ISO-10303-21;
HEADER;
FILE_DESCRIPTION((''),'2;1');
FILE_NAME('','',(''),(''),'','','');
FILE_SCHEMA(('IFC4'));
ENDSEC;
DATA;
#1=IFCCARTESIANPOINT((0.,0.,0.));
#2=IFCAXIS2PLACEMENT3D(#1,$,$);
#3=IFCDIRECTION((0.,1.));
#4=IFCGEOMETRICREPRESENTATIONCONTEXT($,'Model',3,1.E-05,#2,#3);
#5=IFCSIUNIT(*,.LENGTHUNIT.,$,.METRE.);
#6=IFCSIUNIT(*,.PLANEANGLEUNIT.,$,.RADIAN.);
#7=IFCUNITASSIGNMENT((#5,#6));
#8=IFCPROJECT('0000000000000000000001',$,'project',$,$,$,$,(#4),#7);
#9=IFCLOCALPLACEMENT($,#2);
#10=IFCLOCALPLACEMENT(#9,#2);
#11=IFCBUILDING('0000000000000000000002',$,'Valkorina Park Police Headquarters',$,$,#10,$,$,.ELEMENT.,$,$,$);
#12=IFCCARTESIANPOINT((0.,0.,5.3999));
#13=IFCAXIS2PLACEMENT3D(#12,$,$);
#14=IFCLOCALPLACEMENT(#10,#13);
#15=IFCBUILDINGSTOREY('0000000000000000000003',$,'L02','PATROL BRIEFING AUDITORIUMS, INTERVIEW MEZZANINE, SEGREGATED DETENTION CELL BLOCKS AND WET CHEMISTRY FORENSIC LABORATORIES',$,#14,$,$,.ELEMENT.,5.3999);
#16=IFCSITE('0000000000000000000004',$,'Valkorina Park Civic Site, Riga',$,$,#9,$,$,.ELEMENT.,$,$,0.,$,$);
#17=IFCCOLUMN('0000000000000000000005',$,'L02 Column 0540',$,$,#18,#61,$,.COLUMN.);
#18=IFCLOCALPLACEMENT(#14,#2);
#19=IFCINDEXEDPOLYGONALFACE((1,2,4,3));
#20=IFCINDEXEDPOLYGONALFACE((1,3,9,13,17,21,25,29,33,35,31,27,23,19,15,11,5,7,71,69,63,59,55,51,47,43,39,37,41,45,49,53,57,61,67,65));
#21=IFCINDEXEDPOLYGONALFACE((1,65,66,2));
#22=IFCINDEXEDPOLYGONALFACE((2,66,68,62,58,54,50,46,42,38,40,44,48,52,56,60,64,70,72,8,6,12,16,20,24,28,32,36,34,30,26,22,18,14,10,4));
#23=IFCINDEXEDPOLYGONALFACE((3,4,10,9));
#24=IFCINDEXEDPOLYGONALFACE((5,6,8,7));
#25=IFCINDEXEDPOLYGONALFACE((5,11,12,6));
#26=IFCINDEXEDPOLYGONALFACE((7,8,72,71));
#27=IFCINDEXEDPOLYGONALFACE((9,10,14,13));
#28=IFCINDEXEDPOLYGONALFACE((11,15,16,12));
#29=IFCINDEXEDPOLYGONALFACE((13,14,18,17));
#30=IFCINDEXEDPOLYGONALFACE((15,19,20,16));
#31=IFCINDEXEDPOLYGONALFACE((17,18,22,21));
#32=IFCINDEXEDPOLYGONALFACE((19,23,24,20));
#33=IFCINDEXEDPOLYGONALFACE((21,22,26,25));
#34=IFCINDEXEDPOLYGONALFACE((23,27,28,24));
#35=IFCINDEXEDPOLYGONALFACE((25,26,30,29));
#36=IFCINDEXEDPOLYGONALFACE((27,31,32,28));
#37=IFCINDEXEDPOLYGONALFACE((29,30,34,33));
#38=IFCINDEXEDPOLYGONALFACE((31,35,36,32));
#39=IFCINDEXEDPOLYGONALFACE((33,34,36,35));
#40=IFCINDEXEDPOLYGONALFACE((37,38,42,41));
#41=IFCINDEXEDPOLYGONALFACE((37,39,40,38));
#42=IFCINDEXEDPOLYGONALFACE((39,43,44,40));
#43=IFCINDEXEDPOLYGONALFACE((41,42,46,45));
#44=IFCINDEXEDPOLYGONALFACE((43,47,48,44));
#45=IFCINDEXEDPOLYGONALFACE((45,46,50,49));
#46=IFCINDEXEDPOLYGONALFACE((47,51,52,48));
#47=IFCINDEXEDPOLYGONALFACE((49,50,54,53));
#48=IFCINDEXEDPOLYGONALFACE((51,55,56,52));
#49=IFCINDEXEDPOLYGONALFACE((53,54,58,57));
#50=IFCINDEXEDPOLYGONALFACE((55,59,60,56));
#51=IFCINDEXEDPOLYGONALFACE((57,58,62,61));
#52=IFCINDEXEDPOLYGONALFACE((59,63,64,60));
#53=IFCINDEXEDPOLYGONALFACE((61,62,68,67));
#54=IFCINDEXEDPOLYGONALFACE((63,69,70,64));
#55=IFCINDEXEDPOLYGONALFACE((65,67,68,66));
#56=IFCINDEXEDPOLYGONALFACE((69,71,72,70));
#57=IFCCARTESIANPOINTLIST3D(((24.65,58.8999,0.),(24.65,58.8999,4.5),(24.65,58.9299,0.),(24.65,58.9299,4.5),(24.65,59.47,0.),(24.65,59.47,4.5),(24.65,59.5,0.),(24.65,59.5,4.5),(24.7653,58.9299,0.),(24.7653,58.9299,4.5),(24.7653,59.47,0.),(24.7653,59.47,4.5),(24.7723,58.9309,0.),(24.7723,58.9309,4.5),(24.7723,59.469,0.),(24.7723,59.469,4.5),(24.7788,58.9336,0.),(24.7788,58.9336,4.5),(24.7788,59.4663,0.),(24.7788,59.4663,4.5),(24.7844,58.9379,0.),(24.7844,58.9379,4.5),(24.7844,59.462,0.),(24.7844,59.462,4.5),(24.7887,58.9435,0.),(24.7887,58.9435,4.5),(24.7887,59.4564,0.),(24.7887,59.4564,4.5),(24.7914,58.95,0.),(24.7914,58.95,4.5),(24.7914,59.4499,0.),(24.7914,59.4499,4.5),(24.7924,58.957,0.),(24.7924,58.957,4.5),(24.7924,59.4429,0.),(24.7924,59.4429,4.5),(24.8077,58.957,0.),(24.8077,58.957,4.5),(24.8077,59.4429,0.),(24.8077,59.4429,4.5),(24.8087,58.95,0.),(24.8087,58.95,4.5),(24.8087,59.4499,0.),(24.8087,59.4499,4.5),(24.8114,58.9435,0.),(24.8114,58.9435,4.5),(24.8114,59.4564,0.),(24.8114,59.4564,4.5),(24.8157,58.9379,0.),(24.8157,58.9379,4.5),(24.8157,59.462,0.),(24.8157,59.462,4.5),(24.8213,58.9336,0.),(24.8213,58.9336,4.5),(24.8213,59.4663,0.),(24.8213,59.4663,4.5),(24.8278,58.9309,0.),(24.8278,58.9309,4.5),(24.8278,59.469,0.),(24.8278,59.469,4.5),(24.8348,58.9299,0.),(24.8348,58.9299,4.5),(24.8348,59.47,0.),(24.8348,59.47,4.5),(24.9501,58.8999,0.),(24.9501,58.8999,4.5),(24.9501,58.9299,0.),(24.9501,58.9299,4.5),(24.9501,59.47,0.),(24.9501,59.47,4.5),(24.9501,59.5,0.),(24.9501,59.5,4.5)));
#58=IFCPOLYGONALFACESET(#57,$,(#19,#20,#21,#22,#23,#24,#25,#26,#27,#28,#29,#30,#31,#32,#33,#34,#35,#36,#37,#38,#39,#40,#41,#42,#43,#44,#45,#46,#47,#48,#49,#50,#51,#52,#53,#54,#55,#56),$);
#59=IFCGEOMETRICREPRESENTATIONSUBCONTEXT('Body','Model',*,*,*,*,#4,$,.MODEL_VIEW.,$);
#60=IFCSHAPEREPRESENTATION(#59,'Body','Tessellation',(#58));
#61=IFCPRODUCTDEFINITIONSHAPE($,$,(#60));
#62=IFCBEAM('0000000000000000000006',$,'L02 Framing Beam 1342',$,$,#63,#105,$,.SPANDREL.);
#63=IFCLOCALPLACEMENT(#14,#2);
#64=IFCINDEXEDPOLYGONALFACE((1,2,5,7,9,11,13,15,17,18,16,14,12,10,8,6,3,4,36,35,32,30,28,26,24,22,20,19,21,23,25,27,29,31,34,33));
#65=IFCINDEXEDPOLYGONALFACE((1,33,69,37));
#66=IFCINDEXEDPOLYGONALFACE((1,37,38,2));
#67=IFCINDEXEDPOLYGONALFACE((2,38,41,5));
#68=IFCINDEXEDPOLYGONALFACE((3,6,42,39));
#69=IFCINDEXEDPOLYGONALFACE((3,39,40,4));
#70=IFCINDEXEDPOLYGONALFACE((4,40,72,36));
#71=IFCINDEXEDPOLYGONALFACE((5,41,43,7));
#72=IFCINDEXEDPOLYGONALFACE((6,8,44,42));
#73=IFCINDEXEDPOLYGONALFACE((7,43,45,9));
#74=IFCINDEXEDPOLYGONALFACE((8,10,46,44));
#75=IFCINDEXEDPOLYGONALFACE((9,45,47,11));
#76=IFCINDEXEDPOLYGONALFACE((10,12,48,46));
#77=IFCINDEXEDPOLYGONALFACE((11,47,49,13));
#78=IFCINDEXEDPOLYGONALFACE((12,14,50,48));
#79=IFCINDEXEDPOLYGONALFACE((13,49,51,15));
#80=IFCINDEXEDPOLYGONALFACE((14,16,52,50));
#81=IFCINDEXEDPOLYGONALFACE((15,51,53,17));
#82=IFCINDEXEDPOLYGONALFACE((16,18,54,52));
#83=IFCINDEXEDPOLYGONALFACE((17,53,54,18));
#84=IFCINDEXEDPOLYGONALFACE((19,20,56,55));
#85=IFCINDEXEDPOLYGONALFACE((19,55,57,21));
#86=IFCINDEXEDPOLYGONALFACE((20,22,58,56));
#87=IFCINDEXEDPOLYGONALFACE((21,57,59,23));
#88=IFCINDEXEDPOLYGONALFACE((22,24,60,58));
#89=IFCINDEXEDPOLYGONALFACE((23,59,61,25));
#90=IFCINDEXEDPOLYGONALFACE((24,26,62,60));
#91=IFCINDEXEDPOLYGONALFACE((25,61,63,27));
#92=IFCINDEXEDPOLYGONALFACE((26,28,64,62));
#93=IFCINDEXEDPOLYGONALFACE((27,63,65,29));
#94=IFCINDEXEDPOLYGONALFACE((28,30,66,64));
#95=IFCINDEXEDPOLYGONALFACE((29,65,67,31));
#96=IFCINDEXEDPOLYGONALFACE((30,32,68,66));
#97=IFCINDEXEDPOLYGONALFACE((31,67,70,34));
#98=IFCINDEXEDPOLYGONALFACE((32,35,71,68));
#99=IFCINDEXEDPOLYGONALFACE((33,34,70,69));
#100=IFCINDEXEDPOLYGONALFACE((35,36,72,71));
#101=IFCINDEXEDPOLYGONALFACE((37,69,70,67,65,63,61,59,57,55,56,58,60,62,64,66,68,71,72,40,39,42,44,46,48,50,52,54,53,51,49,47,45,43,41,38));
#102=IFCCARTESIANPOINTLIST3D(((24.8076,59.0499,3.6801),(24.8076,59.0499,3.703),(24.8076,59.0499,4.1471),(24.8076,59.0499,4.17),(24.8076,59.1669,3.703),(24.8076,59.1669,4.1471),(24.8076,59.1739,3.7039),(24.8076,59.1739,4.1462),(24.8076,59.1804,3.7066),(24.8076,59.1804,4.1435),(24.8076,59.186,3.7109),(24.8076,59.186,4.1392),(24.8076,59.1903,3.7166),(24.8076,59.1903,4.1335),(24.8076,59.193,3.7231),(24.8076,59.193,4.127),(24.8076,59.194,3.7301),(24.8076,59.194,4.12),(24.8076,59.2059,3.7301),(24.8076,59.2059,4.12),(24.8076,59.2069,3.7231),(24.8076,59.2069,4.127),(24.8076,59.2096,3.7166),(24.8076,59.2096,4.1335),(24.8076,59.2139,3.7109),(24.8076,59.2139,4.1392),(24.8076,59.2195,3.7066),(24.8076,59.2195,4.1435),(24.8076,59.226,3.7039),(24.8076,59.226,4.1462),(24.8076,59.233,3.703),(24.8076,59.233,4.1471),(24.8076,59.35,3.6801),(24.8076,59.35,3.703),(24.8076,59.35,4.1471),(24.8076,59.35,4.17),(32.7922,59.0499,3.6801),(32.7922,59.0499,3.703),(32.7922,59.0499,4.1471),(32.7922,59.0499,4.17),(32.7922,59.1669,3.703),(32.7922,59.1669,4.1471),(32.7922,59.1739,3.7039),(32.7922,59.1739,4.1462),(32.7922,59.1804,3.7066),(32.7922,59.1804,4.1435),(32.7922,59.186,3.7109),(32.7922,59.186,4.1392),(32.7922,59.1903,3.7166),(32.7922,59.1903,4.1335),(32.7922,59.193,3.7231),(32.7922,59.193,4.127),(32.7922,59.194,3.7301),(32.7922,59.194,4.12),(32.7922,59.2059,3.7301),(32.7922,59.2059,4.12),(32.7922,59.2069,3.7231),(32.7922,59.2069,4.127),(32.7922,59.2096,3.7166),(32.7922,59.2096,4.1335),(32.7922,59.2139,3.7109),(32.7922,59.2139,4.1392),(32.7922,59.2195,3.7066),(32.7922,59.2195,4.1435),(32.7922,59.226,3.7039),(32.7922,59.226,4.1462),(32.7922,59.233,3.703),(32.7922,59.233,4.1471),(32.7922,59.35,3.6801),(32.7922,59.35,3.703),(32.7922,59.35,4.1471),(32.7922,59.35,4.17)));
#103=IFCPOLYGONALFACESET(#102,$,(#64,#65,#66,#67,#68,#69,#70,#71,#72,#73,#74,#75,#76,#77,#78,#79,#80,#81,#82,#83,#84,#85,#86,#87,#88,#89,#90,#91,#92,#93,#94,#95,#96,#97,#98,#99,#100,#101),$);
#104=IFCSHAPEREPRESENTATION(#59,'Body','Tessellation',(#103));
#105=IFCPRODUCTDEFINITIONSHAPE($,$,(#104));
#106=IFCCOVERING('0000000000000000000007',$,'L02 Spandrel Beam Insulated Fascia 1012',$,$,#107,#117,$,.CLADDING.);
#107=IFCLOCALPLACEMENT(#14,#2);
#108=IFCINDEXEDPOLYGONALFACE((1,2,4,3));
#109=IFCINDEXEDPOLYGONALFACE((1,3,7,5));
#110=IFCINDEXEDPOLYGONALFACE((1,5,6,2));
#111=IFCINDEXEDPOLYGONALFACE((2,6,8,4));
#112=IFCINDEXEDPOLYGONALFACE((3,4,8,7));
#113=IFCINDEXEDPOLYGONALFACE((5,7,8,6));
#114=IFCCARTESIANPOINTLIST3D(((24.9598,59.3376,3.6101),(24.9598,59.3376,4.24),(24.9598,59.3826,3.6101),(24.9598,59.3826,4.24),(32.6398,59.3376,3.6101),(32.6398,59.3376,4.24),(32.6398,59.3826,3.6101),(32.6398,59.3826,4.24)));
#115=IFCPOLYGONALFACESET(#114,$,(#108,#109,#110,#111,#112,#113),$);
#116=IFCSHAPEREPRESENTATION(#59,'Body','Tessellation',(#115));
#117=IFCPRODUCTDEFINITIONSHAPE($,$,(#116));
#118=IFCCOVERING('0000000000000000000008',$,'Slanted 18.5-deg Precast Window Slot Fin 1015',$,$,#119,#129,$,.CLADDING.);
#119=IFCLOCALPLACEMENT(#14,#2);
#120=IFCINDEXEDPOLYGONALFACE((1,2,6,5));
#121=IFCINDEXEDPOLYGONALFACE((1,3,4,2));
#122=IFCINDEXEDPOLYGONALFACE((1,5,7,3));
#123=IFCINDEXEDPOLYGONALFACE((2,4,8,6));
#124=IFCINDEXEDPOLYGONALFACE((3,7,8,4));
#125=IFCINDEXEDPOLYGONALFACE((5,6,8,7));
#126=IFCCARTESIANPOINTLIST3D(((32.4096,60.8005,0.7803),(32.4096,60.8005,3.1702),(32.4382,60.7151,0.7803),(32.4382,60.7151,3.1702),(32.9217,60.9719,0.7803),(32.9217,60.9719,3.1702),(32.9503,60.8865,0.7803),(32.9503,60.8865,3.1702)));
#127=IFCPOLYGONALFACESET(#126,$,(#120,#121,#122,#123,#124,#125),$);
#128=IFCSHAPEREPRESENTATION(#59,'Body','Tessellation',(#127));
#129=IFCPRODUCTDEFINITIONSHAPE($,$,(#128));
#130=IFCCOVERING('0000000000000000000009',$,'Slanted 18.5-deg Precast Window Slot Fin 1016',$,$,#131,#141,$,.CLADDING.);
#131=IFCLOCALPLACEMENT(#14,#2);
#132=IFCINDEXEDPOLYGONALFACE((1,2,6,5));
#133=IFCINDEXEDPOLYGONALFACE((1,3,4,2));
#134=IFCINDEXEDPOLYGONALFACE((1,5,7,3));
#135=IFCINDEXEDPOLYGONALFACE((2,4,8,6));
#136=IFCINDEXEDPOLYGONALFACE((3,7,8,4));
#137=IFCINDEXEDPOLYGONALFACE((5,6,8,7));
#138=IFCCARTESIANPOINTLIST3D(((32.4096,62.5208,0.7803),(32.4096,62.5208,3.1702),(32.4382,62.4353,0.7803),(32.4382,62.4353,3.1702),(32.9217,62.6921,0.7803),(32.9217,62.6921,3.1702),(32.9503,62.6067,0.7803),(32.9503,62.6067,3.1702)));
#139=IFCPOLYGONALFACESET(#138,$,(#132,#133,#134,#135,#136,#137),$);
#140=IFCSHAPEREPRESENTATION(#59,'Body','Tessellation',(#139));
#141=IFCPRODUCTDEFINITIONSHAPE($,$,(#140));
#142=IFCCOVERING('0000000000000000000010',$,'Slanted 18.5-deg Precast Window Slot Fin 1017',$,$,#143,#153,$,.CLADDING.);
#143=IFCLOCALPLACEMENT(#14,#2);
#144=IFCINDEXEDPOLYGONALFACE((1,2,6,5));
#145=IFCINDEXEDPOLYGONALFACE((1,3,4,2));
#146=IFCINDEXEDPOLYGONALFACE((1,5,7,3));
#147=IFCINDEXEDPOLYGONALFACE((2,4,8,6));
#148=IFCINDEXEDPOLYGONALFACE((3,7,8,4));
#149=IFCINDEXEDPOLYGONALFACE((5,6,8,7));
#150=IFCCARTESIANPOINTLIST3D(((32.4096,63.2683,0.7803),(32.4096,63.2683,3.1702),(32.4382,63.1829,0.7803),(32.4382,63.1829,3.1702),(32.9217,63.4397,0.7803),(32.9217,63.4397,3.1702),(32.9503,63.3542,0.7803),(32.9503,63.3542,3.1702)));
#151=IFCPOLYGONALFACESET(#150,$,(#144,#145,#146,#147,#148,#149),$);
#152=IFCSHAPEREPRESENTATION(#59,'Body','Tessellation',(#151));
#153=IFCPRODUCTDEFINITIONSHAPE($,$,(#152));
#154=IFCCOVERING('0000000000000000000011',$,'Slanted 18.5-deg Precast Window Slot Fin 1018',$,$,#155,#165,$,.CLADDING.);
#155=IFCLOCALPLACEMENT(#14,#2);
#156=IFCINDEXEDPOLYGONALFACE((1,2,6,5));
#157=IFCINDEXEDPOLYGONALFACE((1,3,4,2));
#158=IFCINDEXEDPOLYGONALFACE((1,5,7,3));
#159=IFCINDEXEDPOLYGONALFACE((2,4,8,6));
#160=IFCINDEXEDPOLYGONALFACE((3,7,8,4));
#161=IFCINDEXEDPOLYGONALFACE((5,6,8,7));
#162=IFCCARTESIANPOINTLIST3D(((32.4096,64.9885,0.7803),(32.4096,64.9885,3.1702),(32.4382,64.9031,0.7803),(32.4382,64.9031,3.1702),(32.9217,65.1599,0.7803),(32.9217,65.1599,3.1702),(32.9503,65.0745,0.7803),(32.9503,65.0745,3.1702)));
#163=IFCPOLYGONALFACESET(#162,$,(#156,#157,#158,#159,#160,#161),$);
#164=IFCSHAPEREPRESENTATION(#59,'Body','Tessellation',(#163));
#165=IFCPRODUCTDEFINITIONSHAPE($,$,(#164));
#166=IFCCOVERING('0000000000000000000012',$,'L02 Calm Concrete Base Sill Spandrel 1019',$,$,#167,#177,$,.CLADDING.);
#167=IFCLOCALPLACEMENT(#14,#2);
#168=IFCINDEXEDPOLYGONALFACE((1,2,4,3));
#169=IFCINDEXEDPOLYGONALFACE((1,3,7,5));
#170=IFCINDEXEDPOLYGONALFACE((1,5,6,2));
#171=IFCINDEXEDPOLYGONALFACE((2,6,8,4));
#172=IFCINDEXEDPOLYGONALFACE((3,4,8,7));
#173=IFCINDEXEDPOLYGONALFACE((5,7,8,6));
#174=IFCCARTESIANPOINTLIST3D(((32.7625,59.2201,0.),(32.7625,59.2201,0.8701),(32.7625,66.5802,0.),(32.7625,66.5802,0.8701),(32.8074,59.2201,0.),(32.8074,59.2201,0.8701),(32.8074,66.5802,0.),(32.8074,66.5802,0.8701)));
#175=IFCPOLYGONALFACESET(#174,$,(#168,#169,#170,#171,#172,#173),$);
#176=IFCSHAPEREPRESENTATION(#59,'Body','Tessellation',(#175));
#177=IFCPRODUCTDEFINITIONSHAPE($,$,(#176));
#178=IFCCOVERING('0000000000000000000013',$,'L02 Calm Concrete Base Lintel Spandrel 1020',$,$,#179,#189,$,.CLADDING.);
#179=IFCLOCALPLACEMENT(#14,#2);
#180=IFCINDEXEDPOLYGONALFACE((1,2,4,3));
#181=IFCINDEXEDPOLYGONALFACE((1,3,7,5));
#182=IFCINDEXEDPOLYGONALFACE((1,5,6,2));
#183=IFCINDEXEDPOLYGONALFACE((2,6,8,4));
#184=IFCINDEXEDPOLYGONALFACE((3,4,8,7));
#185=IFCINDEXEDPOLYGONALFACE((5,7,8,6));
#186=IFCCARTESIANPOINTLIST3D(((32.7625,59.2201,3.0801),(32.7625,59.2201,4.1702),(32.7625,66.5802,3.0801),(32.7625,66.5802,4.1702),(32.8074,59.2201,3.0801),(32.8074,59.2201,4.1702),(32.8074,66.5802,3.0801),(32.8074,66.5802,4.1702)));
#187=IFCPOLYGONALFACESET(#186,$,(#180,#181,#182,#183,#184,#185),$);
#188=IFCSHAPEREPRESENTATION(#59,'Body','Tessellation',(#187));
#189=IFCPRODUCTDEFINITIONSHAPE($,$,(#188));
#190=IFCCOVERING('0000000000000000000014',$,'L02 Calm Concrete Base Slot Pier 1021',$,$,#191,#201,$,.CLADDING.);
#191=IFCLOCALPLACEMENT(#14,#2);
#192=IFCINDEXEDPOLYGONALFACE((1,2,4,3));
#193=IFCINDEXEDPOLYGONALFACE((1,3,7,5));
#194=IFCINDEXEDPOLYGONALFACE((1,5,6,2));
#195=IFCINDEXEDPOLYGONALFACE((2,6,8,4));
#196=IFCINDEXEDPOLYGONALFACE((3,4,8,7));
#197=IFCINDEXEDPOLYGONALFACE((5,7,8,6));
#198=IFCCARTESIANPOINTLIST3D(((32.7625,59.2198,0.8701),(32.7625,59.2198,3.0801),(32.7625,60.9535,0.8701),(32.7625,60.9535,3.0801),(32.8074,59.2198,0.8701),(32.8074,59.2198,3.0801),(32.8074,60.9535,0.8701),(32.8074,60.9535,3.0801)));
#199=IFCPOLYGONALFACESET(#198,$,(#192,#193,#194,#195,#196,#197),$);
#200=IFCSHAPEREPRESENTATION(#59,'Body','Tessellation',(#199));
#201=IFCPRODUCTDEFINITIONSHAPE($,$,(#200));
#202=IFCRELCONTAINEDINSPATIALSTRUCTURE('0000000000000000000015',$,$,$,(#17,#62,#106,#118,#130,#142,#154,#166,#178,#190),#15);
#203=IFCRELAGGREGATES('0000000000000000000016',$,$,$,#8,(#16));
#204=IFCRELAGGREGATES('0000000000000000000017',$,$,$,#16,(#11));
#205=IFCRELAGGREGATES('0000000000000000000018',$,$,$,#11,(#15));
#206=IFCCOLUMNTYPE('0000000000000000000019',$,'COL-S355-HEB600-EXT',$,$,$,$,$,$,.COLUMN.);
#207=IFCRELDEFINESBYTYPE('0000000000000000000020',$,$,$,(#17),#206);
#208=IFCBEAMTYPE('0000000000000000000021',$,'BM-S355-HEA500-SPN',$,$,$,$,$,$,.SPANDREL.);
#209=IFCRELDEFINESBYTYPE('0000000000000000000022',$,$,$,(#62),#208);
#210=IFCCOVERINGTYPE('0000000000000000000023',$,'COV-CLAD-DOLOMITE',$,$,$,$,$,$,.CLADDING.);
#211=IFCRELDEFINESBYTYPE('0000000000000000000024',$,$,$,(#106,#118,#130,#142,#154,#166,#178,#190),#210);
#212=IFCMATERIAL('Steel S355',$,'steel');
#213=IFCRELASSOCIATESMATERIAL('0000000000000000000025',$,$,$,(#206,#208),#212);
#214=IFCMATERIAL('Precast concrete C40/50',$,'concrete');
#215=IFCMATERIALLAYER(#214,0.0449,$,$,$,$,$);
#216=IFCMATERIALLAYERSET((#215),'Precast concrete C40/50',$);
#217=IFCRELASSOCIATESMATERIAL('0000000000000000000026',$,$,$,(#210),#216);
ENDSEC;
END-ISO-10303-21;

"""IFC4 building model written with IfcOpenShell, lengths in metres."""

from ifc_helpers import new_model, si_unit, direction, frame, frame_2d, origin, origin_2d, place, context, subcontext, project, spatial, rectangle, i_section, extrude, material, layer, layer_set, material_profile, profile_set, type_object, element, save


model = new_model("IFC4")

# Units and contexts
model_context = context("Model", 3, precision=1e-05, world=origin(), true_north=direction((0.0, 1.0)))
body_context = subcontext(model_context, "Body", "Model", "MODEL_VIEW")
ifc_project = project(units=[si_unit("LENGTHUNIT", "METRE"), si_unit("PLANEANGLEUNIT", "RADIAN")], contexts=[model_context])

# Site, building, storey
site_placement = place(None, origin())
site = spatial("IfcSite", under=ifc_project, at=site_placement, Name="Valkorina Park Civic Site, Riga", CompositionType="ELEMENT", RefElevation=0.0)
building_placement = place(site_placement, origin())
building = spatial("IfcBuilding", under=site, at=building_placement, Name="Valkorina Park Police Headquarters", CompositionType="ELEMENT")
storey_placement = place(building_placement, frame((0.0, 0.0, 5.3999)))
storey = spatial("IfcBuildingStorey", under=building, at=storey_placement, Name="L02", Description="PATROL BRIEFING AUDITORIUMS, INTERVIEW MEZZANINE, SEGREGATED DETENTION CELL BLOCKS AND WET CHEMISTRY FORENSIC LABORATORIES", CompositionType="ELEMENT", Elevation=5.3999)

# Column
ifc_material_1 = material(Name="Steel S355", Category="steel")
ifc_material_profile_1 = material_profile(ifc_material_1, i_section(OverallWidth=0.3, OverallDepth=0.6001, WebThickness=0.0154, FlangeThickness=0.03, FilletRadius=0.0271, at=origin_2d()), Name="HEB 600")
ifc_profile_set_1 = profile_set([ifc_material_profile_1], Name="Steel S355")
column_type = type_object("IfcColumnType", Name="COL-S355-HEB600-EXT", PredefinedType="COLUMN", material=ifc_profile_set_1)
column_placement = place(storey_placement, frame((24.8, 59.2, 0.0), z_axis=(0.0, 0.0, 1.0), x_axis=(1.0, 0.0, 0.0)))
element("IfcColumn", 1, at=column_placement, inside=storey, type_object=column_type, Name="L02 Column 0540", PredefinedType="COLUMN", context=body_context, shape_type="SweptSolid", body=[
    extrude(i_section(OverallWidth=0.3, OverallDepth=0.6001, WebThickness=0.0154, FlangeThickness=0.03, FilletRadius=0.0271, at=origin_2d()), origin(), (0.0, 0.0, 1.0), 4.5),
])

# Beam
ifc_material_profile_2 = material_profile(ifc_material_1, i_section(OverallWidth=0.3, OverallDepth=0.49, WebThickness=0.012, FlangeThickness=0.0229, FilletRadius=0.0271, at=origin_2d()), Name="HEA 500")
ifc_profile_set_2 = profile_set([ifc_material_profile_2], Name="Steel S355")
beam_type = type_object("IfcBeamType", Name="BM-S355-HEA500-SPN", PredefinedType="SPANDREL", material=ifc_profile_set_2)
beam_placement = place(storey_placement, frame((24.8076, 59.2, 3.925), z_axis=(1.0, 0.0, 0.0), x_axis=(0.0, 1.0, 0.0)))
element("IfcBeam", 2, at=beam_placement, inside=storey, type_object=beam_type, Name="L02 Framing Beam 1342", PredefinedType="SPANDREL", context=body_context, shape_type="SweptSolid", body=[
    extrude(i_section(OverallWidth=0.3, OverallDepth=0.49, WebThickness=0.012, FlangeThickness=0.0229, FilletRadius=0.0271, at=origin_2d()), origin(), (0.0, 0.0, 1.0), 7.9846),
])

# Coverings
ifc_material_2 = material(Name="Precast concrete C40/50", Category="concrete")
ifc_layer = layer(ifc_material_2, 0.0449)
ifc_layer_set = layer_set([ifc_layer], Name="Precast concrete C40/50")
covering_type = type_object("IfcCoveringType", Name="COV-CLAD-DOLOMITE", PredefinedType="CLADDING", material=ifc_layer_set)
covering_1_placement = place(storey_placement, frame((24.96, 59.3601, 3.6101), z_axis=(0.0, 0.0, 1.0), x_axis=(1.0, 0.0, 0.0)))
element("IfcCovering", 3, at=covering_1_placement, inside=storey, type_object=covering_type, Name="L02 Spandrel Beam Insulated Fascia 1012", PredefinedType="CLADDING", context=body_context, shape_type="SweptSolid", body=[
    extrude(rectangle(XDim=7.6799, YDim=0.0449, at=frame_2d((3.8398, 0.0))), origin(), (0.0, 0.0, 1.0), 0.6299),
])
for number, where, z_axis, x_axis, name in (
    (4, (32.6799, 60.8435, 0.7803), (0.0, 0.0, 1.0), (-0.948324, -0.317305, 0.0), "Slanted 18.5-deg Precast Window Slot Fin 1015"),
    (5, (32.6799, 62.5637, 0.7803), (0.0, 0.0, 1.0), (-0.948324, -0.317305, 0.0), "Slanted 18.5-deg Precast Window Slot Fin 1016"),
    (6, (32.6799, 63.3113, 0.7803), (0.0, 0.0, 1.0), (-0.948324, -0.317305, 0.0), "Slanted 18.5-deg Precast Window Slot Fin 1017"),
    (7, (32.6799, 65.0315, 0.7803), (0.0, 0.0, 1.0), (-0.948324, -0.317305, 0.0), "Slanted 18.5-deg Precast Window Slot Fin 1018"),
):
    element("IfcCovering", number, at=place(storey_placement, frame(where, z_axis=z_axis, x_axis=x_axis)), inside=storey, type_object=covering_type, Name=name, PredefinedType="CLADDING", context=body_context, shape_type="SweptSolid", body=[
        extrude(rectangle(XDim=0.54, YDim=0.0901, at=origin_2d()), origin(), (0.0, 0.0, 1.0), 2.3899),
    ])
covering_2_placement = place(storey_placement, frame((32.7849, 59.22, 0.0), z_axis=(0.0, 0.0, 1.0), x_axis=(0.0, 1.0, 0.0)))
element("IfcCovering", 8, at=covering_2_placement, inside=storey, type_object=covering_type, Name="L02 Calm Concrete Base Sill Spandrel 1019", PredefinedType="CLADDING", context=body_context, shape_type="SweptSolid", body=[
    extrude(rectangle(XDim=7.3601, YDim=0.0449, at=frame_2d((3.6802, 0.0))), origin(), (0.0, 0.0, 1.0), 0.8701),
])
covering_3_placement = place(storey_placement, frame((32.7849, 59.22, 3.0801), z_axis=(0.0, 0.0, 1.0), x_axis=(0.0, 1.0, 0.0)))
element("IfcCovering", 9, at=covering_3_placement, inside=storey, type_object=covering_type, Name="L02 Calm Concrete Base Lintel Spandrel 1020", PredefinedType="CLADDING", context=body_context, shape_type="SweptSolid", body=[
    extrude(rectangle(XDim=7.3601, YDim=0.0449, at=frame_2d((3.6802, 0.0))), origin(), (0.0, 0.0, 1.0), 1.0901),
])
covering_4_placement = place(storey_placement, frame((32.7849, 59.22, 0.8701), z_axis=(0.0, 0.0, 1.0), x_axis=(0.0, 1.0, 0.0)))
element("IfcCovering", 10, at=covering_4_placement, inside=storey, type_object=covering_type, Name="L02 Calm Concrete Base Slot Pier 1021", PredefinedType="CLADDING", context=body_context, shape_type="SweptSolid", body=[
    extrude(rectangle(XDim=1.7336, YDim=0.0449, at=frame_2d((0.8667, 0.0))), origin(), (0.0, 0.0, 1.0), 2.21),
])

save(model, "model.ifc")
